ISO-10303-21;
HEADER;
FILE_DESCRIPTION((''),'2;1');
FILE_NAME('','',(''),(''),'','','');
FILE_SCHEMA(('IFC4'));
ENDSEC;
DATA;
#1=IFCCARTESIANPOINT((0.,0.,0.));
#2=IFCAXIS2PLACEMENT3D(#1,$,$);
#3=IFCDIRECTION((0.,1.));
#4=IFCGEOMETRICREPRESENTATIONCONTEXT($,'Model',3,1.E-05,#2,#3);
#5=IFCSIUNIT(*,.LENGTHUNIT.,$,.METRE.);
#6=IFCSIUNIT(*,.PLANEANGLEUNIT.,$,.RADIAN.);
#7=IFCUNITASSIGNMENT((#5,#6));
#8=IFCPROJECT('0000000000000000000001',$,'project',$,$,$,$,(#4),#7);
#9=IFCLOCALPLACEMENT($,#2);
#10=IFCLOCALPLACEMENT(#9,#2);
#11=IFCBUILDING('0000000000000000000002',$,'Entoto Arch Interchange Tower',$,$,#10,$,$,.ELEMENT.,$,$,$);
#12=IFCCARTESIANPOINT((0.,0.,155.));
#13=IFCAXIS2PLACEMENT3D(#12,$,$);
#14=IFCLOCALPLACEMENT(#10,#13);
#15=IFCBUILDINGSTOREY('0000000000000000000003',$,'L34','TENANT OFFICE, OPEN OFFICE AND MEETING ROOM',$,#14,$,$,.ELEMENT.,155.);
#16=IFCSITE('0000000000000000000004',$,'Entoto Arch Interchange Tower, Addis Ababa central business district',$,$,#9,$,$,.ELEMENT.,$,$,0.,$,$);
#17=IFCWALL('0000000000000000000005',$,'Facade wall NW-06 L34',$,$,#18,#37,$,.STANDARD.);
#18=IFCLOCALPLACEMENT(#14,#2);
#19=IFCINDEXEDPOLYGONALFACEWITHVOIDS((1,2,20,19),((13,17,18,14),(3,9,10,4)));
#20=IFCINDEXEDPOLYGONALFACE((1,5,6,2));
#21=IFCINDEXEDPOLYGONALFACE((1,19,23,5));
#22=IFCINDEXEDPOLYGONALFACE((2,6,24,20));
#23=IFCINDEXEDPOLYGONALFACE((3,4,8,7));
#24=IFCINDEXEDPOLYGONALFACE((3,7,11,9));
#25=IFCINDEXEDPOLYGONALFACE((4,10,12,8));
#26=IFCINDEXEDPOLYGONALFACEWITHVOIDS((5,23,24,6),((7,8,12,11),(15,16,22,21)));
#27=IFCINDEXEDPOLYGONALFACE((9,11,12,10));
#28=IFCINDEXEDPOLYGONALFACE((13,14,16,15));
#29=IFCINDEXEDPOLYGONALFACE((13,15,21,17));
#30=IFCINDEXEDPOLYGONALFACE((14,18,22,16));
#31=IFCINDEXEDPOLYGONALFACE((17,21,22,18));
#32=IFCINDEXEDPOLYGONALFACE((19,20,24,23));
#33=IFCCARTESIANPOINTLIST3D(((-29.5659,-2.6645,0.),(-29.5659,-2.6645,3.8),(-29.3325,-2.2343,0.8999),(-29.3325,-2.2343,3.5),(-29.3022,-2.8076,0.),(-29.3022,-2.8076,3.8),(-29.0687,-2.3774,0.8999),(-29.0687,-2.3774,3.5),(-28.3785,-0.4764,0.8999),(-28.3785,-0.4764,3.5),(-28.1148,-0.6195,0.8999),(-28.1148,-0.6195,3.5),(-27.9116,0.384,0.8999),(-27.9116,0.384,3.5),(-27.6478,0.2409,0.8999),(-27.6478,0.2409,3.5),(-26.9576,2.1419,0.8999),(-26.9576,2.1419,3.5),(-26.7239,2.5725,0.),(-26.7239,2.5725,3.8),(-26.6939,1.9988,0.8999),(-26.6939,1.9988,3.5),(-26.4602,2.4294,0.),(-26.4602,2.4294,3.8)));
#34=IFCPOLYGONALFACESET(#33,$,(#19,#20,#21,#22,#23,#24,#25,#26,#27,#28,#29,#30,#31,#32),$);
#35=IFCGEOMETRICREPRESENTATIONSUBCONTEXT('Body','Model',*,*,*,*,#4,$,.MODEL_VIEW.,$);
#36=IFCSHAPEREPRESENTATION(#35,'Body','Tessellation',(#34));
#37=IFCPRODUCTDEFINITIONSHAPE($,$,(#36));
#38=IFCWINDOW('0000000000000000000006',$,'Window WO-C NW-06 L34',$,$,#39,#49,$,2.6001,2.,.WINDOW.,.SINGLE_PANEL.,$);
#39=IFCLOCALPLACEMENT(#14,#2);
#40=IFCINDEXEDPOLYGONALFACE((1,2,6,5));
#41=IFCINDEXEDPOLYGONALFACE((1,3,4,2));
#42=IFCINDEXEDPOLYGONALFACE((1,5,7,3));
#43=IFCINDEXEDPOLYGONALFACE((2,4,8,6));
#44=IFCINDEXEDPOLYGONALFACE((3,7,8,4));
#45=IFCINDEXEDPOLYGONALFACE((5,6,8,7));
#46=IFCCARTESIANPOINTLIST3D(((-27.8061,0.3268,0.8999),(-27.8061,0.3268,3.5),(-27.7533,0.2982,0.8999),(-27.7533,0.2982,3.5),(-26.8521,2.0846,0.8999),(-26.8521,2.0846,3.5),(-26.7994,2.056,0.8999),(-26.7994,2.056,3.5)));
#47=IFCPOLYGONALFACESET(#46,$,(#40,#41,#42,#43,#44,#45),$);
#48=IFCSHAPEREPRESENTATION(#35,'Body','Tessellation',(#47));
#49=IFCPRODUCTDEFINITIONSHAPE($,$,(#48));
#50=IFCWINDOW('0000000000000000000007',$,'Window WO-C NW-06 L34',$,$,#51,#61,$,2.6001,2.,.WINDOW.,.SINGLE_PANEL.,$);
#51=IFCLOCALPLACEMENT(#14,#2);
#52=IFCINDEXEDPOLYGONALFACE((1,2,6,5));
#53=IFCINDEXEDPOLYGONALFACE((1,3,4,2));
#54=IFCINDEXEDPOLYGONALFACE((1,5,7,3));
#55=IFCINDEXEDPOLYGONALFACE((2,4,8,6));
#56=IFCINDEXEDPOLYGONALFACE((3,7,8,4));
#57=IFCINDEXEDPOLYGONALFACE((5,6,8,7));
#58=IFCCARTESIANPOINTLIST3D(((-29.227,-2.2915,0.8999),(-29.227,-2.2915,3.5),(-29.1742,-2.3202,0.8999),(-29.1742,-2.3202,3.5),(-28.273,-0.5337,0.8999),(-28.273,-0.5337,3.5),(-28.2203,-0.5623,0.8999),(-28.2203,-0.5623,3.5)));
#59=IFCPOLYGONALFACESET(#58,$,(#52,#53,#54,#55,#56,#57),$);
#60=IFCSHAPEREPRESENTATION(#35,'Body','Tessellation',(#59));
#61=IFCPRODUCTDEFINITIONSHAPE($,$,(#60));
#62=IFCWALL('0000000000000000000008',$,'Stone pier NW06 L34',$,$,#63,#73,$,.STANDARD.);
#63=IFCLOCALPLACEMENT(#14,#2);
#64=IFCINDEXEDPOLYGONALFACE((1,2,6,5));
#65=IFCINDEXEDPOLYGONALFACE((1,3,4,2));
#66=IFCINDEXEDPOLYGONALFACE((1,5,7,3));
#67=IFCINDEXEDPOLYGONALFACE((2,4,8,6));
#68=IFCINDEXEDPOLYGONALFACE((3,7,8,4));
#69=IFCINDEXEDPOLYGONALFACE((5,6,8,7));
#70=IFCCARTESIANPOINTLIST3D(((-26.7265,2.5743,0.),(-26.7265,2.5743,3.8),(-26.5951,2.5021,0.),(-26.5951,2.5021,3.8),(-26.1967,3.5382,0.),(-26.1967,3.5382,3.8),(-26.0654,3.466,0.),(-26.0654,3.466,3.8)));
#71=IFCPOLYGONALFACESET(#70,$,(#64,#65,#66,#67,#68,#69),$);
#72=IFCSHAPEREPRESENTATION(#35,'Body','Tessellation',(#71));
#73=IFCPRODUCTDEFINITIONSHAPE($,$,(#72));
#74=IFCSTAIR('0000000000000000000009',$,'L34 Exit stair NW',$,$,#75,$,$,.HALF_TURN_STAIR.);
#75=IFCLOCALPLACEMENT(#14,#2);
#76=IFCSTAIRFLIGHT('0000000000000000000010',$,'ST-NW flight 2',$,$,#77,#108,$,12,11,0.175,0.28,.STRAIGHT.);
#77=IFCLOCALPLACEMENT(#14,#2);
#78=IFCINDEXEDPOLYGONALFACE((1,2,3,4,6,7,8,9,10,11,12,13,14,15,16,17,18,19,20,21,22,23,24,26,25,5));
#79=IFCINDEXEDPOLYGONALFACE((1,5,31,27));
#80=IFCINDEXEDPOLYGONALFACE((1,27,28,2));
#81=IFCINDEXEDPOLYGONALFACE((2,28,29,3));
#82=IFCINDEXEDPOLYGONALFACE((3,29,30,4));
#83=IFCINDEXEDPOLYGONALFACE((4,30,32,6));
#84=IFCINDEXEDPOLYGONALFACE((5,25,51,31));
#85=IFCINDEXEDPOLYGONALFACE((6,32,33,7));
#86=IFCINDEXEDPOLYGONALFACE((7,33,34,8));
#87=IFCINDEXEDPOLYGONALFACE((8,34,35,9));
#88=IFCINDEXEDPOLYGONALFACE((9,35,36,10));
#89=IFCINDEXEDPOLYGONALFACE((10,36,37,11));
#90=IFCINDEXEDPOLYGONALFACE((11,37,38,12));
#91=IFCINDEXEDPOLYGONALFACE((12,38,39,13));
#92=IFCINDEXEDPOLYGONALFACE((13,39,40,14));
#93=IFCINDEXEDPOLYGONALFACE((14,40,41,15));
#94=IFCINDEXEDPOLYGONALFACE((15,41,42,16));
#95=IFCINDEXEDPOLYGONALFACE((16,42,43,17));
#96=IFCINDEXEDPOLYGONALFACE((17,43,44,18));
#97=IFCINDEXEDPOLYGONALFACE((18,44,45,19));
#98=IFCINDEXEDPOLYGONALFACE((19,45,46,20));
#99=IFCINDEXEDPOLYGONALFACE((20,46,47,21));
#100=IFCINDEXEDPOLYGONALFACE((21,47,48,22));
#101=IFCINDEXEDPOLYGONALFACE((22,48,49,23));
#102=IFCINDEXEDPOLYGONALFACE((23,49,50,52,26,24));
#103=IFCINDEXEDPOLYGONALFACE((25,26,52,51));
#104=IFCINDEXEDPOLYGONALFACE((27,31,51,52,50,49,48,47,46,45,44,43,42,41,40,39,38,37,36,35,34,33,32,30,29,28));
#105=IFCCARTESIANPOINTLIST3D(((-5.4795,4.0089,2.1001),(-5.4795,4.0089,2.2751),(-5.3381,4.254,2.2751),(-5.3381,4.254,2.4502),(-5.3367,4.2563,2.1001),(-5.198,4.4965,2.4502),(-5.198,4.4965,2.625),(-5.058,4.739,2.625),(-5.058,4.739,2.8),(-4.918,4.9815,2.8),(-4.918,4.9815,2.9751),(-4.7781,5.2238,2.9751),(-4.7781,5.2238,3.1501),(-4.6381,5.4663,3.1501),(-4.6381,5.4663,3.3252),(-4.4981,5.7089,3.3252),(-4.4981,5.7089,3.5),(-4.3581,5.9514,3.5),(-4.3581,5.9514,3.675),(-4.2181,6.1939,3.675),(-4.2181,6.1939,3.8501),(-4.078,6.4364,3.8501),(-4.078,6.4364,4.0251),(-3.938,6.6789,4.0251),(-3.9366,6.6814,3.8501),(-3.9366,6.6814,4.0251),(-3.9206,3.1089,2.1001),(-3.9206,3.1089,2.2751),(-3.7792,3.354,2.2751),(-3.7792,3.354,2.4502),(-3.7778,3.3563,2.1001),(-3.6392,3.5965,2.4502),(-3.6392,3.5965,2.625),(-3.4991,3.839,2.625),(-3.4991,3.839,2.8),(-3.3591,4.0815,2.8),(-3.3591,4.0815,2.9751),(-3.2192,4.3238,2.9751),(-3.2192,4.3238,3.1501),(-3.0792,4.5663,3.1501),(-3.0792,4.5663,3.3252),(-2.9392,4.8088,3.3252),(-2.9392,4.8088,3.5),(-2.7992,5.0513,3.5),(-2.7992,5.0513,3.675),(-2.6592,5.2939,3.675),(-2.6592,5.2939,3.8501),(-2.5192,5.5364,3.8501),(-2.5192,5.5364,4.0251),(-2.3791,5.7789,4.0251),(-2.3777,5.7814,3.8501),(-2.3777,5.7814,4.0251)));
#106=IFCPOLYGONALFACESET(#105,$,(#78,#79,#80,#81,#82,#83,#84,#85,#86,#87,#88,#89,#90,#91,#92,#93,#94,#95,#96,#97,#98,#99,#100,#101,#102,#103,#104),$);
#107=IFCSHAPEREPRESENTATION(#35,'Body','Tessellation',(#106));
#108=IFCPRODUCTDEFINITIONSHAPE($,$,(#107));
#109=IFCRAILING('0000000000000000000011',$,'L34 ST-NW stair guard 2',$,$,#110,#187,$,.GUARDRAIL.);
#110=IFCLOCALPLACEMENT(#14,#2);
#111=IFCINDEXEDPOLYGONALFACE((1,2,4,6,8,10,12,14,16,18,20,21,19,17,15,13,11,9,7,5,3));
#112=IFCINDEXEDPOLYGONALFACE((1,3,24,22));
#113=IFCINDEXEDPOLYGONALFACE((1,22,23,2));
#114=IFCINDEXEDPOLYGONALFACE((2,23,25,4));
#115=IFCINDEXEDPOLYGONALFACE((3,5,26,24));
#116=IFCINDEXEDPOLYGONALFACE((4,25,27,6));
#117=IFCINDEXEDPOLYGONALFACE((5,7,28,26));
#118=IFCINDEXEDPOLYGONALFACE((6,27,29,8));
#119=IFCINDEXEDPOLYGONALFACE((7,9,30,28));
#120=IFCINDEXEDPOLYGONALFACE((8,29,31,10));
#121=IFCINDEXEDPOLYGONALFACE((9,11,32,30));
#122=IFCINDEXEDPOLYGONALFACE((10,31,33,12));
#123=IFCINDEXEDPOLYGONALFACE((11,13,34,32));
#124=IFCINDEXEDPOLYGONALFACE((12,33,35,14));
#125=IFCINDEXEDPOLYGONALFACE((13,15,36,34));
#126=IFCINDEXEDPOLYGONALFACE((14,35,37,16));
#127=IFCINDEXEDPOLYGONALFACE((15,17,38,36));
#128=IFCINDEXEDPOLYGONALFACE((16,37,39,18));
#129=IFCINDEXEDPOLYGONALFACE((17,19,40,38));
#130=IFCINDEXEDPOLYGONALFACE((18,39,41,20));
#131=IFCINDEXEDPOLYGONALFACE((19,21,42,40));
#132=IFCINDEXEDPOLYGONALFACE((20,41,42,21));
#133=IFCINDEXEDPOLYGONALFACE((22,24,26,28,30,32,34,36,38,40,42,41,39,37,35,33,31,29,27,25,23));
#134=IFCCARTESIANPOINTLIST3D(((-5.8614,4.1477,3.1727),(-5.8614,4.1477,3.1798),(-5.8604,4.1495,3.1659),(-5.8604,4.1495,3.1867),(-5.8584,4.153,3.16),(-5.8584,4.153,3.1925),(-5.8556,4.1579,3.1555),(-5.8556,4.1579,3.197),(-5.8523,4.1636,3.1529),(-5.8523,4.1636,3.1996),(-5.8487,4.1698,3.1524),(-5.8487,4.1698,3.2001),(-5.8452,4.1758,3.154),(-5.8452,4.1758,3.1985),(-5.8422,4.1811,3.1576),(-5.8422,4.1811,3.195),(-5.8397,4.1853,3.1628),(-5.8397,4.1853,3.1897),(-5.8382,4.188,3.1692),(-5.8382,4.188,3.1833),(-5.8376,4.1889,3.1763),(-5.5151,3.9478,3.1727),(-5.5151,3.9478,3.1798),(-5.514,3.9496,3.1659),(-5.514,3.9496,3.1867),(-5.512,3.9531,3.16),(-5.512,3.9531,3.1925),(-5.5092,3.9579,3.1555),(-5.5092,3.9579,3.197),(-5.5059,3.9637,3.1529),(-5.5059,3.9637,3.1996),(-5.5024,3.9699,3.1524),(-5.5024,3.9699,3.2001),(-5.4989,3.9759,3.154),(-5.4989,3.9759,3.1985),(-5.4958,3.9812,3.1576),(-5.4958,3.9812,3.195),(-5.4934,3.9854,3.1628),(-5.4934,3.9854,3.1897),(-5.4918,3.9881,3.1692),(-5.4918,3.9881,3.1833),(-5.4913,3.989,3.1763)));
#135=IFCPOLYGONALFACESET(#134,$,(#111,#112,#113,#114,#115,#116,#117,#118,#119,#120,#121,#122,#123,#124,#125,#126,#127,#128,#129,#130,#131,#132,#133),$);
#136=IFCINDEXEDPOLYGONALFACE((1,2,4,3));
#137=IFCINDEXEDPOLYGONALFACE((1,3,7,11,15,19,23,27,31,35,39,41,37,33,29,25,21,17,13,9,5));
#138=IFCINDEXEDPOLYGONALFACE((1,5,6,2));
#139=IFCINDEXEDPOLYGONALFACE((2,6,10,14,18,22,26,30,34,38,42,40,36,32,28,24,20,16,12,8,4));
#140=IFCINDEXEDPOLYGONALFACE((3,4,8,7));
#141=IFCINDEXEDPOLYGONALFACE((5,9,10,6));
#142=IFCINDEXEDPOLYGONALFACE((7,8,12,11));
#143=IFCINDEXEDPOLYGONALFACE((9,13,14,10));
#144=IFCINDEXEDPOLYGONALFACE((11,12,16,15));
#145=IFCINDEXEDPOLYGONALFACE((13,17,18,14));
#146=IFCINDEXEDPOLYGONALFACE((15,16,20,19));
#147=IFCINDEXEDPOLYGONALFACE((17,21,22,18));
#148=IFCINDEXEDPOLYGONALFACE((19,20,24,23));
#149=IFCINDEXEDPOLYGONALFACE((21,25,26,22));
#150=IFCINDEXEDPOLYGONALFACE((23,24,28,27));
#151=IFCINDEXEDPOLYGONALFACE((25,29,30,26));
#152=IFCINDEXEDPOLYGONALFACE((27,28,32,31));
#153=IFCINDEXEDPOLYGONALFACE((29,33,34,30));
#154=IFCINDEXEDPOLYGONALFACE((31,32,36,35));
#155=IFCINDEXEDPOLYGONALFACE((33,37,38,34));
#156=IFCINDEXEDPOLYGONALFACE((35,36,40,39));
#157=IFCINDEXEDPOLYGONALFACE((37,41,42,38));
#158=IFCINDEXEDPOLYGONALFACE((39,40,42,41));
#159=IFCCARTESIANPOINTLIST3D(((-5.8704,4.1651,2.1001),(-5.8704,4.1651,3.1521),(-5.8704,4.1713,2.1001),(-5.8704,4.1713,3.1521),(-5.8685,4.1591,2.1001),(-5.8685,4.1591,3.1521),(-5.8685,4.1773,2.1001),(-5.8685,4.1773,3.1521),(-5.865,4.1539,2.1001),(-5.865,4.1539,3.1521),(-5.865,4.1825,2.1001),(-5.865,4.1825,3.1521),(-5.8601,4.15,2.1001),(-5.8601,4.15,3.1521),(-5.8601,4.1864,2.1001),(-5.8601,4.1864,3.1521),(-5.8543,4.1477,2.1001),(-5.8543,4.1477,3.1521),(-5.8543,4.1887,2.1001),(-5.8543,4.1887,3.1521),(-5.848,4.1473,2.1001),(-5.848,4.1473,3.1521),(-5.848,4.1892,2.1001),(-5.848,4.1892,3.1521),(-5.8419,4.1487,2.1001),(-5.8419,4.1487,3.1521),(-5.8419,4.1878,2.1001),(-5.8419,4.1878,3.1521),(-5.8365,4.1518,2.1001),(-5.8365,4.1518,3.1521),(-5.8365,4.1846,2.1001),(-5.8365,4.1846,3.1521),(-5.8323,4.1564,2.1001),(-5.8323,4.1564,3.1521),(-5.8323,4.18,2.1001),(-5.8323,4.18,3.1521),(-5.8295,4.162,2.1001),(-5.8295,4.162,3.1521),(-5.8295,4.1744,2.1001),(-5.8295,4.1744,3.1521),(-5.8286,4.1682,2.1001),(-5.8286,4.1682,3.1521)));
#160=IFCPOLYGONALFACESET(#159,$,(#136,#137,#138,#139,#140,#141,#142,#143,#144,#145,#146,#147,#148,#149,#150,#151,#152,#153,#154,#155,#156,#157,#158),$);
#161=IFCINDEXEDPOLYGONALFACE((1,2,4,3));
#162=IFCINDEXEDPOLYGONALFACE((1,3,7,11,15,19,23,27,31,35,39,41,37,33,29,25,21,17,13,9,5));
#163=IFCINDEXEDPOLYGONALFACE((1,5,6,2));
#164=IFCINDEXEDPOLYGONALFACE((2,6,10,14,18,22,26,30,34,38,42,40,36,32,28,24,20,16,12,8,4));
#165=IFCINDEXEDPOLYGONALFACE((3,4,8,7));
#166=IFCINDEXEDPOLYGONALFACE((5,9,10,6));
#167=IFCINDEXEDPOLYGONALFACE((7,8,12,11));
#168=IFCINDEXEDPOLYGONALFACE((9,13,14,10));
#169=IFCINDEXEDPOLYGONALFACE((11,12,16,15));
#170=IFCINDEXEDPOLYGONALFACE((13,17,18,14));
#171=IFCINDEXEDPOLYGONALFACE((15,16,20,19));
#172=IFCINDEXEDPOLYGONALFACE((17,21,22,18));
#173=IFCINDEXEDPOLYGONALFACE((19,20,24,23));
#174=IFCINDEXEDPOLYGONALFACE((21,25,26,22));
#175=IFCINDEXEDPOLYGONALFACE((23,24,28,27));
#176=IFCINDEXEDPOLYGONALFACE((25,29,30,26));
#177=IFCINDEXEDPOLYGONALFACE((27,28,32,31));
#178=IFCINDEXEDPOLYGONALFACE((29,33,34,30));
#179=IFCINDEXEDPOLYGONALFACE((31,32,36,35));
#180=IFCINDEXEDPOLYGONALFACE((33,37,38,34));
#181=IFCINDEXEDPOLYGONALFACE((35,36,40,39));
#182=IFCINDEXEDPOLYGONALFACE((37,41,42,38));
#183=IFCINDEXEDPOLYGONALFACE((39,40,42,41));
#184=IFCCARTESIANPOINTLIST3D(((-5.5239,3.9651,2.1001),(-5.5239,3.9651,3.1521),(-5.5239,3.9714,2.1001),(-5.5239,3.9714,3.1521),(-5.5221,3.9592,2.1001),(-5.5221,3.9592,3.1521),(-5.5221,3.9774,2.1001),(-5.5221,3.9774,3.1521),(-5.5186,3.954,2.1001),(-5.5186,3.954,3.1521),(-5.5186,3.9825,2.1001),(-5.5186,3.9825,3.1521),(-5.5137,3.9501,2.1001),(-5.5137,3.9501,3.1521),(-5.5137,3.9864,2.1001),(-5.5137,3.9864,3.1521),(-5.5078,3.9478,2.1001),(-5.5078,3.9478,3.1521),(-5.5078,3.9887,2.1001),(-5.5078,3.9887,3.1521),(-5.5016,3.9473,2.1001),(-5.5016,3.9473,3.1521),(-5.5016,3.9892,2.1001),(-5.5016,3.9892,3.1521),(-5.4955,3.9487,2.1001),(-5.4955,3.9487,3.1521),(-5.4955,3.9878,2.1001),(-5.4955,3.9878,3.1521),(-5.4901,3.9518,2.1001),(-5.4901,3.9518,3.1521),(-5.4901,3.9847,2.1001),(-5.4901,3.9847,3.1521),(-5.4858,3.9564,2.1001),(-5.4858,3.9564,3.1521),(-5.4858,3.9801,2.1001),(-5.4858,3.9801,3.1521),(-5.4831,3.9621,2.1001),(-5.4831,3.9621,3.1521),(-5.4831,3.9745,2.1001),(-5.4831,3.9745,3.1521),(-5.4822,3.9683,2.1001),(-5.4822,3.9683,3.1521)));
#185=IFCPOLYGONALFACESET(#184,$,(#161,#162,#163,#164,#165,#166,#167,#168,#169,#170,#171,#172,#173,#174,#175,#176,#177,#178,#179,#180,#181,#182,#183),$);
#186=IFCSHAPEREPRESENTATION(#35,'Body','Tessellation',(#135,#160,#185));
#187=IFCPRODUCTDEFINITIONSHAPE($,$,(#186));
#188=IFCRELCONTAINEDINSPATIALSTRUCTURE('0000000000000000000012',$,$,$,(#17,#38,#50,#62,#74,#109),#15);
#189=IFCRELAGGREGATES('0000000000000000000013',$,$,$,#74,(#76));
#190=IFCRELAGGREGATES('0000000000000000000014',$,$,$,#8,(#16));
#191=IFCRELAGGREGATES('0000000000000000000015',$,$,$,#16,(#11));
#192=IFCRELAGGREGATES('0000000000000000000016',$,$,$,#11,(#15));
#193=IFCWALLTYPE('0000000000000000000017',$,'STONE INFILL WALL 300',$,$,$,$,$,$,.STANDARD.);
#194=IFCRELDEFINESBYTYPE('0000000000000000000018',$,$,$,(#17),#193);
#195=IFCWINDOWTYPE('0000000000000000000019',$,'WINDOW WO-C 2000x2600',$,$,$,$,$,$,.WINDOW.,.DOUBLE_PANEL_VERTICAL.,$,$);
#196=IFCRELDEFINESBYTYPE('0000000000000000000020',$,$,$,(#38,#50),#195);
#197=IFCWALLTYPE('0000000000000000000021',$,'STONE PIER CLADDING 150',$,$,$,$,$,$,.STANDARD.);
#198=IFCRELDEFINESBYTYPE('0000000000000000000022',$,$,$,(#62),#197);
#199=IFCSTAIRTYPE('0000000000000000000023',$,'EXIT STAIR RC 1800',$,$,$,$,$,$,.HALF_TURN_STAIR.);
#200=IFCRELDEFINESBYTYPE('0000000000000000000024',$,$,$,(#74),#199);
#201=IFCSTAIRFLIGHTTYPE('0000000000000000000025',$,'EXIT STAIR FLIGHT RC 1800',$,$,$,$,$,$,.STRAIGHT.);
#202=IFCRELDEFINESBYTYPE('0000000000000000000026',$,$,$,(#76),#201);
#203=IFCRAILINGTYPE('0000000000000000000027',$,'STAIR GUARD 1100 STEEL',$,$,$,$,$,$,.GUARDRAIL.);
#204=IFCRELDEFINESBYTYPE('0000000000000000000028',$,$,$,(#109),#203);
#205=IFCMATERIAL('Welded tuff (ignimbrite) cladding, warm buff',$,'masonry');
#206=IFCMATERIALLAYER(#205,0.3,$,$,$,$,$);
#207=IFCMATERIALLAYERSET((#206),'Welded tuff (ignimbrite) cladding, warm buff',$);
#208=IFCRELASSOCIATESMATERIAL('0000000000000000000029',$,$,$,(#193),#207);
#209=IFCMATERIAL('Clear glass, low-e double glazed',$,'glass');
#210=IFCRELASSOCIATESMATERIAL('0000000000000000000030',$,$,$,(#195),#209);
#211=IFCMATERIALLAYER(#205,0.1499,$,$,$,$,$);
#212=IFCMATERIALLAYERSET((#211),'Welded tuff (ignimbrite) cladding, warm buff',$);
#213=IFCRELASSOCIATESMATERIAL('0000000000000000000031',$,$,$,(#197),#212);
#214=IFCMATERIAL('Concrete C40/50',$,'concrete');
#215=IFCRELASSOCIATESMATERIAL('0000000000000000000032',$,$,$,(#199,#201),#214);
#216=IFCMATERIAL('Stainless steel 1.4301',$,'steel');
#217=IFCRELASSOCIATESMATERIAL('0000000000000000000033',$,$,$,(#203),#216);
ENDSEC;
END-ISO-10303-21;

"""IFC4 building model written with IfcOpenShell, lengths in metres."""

from ifc_helpers import new_model, si_unit, direction, frame, frame_2d, origin, origin_2d, place, context, subcontext, project, spatial, polyline, rectangle, circle, outline, extrude, material, layer, layer_set, type_object, element, fill, aggregate, save


model = new_model("IFC4")

# Units and contexts
model_context = context("Model", 3, precision=1e-05, world=origin(), true_north=direction((0.0, 1.0)))
body_context = subcontext(model_context, "Body", "Model", "MODEL_VIEW")
ifc_project = project(units=[si_unit("LENGTHUNIT", "METRE"), si_unit("PLANEANGLEUNIT", "RADIAN")], contexts=[model_context])

# Site, building, storey
site_placement = place(None, origin())
site = spatial("IfcSite", under=ifc_project, at=site_placement, Name="Entoto Arch Interchange Tower, Addis Ababa central business district", CompositionType="ELEMENT", RefElevation=0.0)
building_placement = place(site_placement, origin())
building = spatial("IfcBuilding", under=site, at=building_placement, Name="Entoto Arch Interchange Tower", CompositionType="ELEMENT")
storey_placement = place(building_placement, frame((0.0, 0.0, 155.0)))
storey = spatial("IfcBuildingStorey", under=building, at=storey_placement, Name="L34", Description="TENANT OFFICE, OPEN OFFICE AND MEETING ROOM", CompositionType="ELEMENT", Elevation=155.0)

# Shared definitions
ifc_material_1 = material(Name="Concrete C40/50", Category="concrete")

# Wall, openings, windows
ifc_material_2 = material(Name="Welded tuff (ignimbrite) cladding, warm buff", Category="masonry")
ifc_layer_1 = layer(ifc_material_2, 0.3)
ifc_layer_set_1 = layer_set([ifc_layer_1], Name="Welded tuff (ignimbrite) cladding, warm buff")
wall_type_1 = type_object("IfcWallType", Name="STONE INFILL WALL 300", PredefinedType="STANDARD", material=ifc_layer_set_1)
wall_1_placement = place(storey_placement, frame((-26.592, 2.501, 0.0), z_axis=(0.0, 0.0, 1.0), x_axis=(-0.476971, -0.878919, 0.0)))
wall_1 = element("IfcWall", 1, at=wall_1_placement, inside=storey, type_object=wall_type_1, Name="Facade wall NW-06 L34", PredefinedType="STANDARD", context=body_context, shape_type="SweptSolid", body=[
    extrude(rectangle(XDim=5.9585, YDim=0.3, at=frame_2d((2.9792, 0.0))), origin(), (0.0, 0.0, 1.0), 3.8),
])
opening_1_placement = place(wall_1_placement, frame((0.49, 0.0, 0.8999)))
opening_1 = element("IfcOpeningElement", 2, at=opening_1_placement, cuts=wall_1, PredefinedType="OPENING", context=body_context, shape_type="SweptSolid", body=[
    extrude(rectangle(XDim=2.0, YDim=2.6001, at=frame_2d((1.0, 1.3))), frame((0.0, 0.1602, 0.0), z_axis=(0.0, -1.0, 0.0), x_axis=(1.0, 0.0, 0.0)), (0.0, 0.0, 1.0), 0.3201),
])
opening_2_placement = place(wall_1_placement, frame((3.469, 0.0, 0.8999)))
opening_2 = element("IfcOpeningElement", 3, at=opening_2_placement, cuts=wall_1, PredefinedType="OPENING", context=body_context, shape_type="SweptSolid", body=[
    extrude(rectangle(XDim=2.0, YDim=2.6001, at=frame_2d((1.0, 1.3))), frame((0.0, 0.1602, 0.0), z_axis=(0.0, -1.0, 0.0), x_axis=(1.0, 0.0, 0.0)), (0.0, 0.0, 1.0), 0.3201),
])
ifc_material_3 = material(Name="Clear glass, low-e double glazed", Category="glass")
window_type = type_object("IfcWindowType", Name="WINDOW WO-C 2000x2600", PartitioningType="DOUBLE_PANEL_VERTICAL", PredefinedType="WINDOW", material=ifc_material_3)
window_1_placement = place(opening_1_placement, origin())
window_1 = element("IfcWindow", 4, at=window_1_placement, inside=storey, type_object=window_type, Name="Window WO-C NW-06 L34", OverallHeight=2.6001, OverallWidth=2.0, PartitioningType="SINGLE_PANEL", PredefinedType="WINDOW", context=body_context, shape_type="SweptSolid", body=[
    extrude(rectangle(XDim=2.0, YDim=2.6001, at=frame_2d((1.0, 1.3))), frame((0.0, 0.03, 0.0), z_axis=(0.0, -1.0, 0.0), x_axis=(1.0, 0.0, 0.0)), (0.0, 0.0, 1.0), 0.0601),
])
fill(opening_1, window_1)
window_2_placement = place(opening_2_placement, origin())
window_2 = element("IfcWindow", 5, at=window_2_placement, inside=storey, type_object=window_type, Name="Window WO-C NW-06 L34", OverallHeight=2.6001, OverallWidth=2.0, PartitioningType="SINGLE_PANEL", PredefinedType="WINDOW", context=body_context, shape_type="SweptSolid", body=[
    extrude(rectangle(XDim=2.0, YDim=2.6001, at=frame_2d((1.0, 1.3))), frame((0.0, 0.03, 0.0), z_axis=(0.0, -1.0, 0.0), x_axis=(1.0, 0.0, 0.0)), (0.0, 0.0, 1.0), 0.0601),
])
fill(opening_2, window_2)

# Wall
ifc_layer_2 = layer(ifc_material_2, 0.1499)
ifc_layer_set_2 = layer_set([ifc_layer_2], Name="Welded tuff (ignimbrite) cladding, warm buff")
wall_type_2 = type_object("IfcWallType", Name="STONE PIER CLADDING 150", PredefinedType="STANDARD", material=ifc_layer_set_2)
wall_2_placement = place(storey_placement, frame((-26.1311, 3.502, 0.0), z_axis=(0.0, 0.0, 1.0), x_axis=(-0.48168, -0.876347, 0.0)))
element("IfcWall", 6, at=wall_2_placement, inside=storey, type_object=wall_type_2, Name="Stone pier NW06 L34", PredefinedType="STANDARD", context=body_context, shape_type="SweptSolid", body=[
    extrude(rectangle(XDim=1.0999, YDim=0.1499, at=frame_2d((0.5498, 0.0))), origin(), (0.0, 0.0, 1.0), 3.8),
])

# Stair, stair flight
stair_type = type_object("IfcStairType", Name="EXIT STAIR RC 1800", PredefinedType="HALF_TURN_STAIR", material=ifc_material_1)
stair_placement = place(storey_placement, origin())
stair = element("IfcStair", 7, at=stair_placement, inside=storey, type_object=stair_type, Name="L34 Exit stair NW", PredefinedType="HALF_TURN_STAIR")
stair_flight_type = type_object("IfcStairFlightType", Name="EXIT STAIR FLIGHT RC 1800", PredefinedType="STRAIGHT", material=ifc_material_1)
stair_flight_placement = place(storey_placement, frame((-4.6987, 3.5615, 2.1001), z_axis=(0.0, 0.0, 1.0), x_axis=(0.5, 0.866025, 0.0)))
stair_flight = element("IfcStairFlight", 8, at=stair_flight_placement, type_object=stair_flight_type, Name="ST-NW flight 2", NumberOfRisers=12, NumberOfTreads=11, PredefinedType="STRAIGHT", RiserHeight=0.175, TreadLength=0.28, context=body_context, shape_type="SweptSolid", body=[
    extrude(outline(polyline([(-0.0029, 0.0), (-0.0029, 0.175), (0.28, 0.175), (0.28, 0.3501), (0.5601, 0.3501), (0.5601, 0.5249), (0.8401, 0.5249), (0.8401, 0.7), (1.1201, 0.7), (1.1201, 0.875), (1.3999, 0.875), (1.3999, 1.05), (1.6799, 1.05), (1.6799, 1.2251), (1.96, 1.2251), (1.96, 1.3999), (2.24, 1.3999), (2.24, 1.575), (2.52, 1.575), (2.52, 1.75), (2.8, 1.75), (2.8, 1.925), (3.0801, 1.925), (3.083, 1.925), (3.083, 1.75), (0.2827, 0.0), (-0.0029, 0.0)])), frame((0.0, 0.8999, 0.0), z_axis=(0.0, -1.0, 0.0), x_axis=(1.0, 0.0, 0.0)), (0.0, 0.0, 1.0), 1.8),
])
aggregate(stair, [stair_flight])

# Railing
ifc_material_4 = material(Name="Stainless steel 1.4301", Category="steel")
railing_type = type_object("IfcRailingType", Name="STAIR GUARD 1100 STEEL", PredefinedType="GUARDRAIL", material=ifc_material_4)
railing_1_placement = place(storey_placement, frame((-5.8496, 4.1682, 2.1001)))
element("IfcRailing", 9, at=railing_1_placement, inside=storey, type_object=railing_type, Name="L34 ST-NW stair guard 2", PredefinedType="GUARDRAIL", context=body_context, shape_type="SweptSolid", body=[
    extrude(circle(Radius=0.0239, at=origin_2d()), frame((0.0, 0.0, 1.0762), z_axis=(0.866094, -0.499881, 0.0), x_axis=(0.499881, 0.866094, 0.0)), (0.0, 0.0, 1.0), 0.3999),
    extrude(circle(Radius=0.021, at=origin_2d()), origin(), (0.0, 0.0, 1.0), 1.052),
    extrude(circle(Radius=0.021, at=origin_2d()), frame((0.3464, -0.2, 0.0)), (0.0, 0.0, 1.0), 1.052),
])

save(model, "model.ifc")
